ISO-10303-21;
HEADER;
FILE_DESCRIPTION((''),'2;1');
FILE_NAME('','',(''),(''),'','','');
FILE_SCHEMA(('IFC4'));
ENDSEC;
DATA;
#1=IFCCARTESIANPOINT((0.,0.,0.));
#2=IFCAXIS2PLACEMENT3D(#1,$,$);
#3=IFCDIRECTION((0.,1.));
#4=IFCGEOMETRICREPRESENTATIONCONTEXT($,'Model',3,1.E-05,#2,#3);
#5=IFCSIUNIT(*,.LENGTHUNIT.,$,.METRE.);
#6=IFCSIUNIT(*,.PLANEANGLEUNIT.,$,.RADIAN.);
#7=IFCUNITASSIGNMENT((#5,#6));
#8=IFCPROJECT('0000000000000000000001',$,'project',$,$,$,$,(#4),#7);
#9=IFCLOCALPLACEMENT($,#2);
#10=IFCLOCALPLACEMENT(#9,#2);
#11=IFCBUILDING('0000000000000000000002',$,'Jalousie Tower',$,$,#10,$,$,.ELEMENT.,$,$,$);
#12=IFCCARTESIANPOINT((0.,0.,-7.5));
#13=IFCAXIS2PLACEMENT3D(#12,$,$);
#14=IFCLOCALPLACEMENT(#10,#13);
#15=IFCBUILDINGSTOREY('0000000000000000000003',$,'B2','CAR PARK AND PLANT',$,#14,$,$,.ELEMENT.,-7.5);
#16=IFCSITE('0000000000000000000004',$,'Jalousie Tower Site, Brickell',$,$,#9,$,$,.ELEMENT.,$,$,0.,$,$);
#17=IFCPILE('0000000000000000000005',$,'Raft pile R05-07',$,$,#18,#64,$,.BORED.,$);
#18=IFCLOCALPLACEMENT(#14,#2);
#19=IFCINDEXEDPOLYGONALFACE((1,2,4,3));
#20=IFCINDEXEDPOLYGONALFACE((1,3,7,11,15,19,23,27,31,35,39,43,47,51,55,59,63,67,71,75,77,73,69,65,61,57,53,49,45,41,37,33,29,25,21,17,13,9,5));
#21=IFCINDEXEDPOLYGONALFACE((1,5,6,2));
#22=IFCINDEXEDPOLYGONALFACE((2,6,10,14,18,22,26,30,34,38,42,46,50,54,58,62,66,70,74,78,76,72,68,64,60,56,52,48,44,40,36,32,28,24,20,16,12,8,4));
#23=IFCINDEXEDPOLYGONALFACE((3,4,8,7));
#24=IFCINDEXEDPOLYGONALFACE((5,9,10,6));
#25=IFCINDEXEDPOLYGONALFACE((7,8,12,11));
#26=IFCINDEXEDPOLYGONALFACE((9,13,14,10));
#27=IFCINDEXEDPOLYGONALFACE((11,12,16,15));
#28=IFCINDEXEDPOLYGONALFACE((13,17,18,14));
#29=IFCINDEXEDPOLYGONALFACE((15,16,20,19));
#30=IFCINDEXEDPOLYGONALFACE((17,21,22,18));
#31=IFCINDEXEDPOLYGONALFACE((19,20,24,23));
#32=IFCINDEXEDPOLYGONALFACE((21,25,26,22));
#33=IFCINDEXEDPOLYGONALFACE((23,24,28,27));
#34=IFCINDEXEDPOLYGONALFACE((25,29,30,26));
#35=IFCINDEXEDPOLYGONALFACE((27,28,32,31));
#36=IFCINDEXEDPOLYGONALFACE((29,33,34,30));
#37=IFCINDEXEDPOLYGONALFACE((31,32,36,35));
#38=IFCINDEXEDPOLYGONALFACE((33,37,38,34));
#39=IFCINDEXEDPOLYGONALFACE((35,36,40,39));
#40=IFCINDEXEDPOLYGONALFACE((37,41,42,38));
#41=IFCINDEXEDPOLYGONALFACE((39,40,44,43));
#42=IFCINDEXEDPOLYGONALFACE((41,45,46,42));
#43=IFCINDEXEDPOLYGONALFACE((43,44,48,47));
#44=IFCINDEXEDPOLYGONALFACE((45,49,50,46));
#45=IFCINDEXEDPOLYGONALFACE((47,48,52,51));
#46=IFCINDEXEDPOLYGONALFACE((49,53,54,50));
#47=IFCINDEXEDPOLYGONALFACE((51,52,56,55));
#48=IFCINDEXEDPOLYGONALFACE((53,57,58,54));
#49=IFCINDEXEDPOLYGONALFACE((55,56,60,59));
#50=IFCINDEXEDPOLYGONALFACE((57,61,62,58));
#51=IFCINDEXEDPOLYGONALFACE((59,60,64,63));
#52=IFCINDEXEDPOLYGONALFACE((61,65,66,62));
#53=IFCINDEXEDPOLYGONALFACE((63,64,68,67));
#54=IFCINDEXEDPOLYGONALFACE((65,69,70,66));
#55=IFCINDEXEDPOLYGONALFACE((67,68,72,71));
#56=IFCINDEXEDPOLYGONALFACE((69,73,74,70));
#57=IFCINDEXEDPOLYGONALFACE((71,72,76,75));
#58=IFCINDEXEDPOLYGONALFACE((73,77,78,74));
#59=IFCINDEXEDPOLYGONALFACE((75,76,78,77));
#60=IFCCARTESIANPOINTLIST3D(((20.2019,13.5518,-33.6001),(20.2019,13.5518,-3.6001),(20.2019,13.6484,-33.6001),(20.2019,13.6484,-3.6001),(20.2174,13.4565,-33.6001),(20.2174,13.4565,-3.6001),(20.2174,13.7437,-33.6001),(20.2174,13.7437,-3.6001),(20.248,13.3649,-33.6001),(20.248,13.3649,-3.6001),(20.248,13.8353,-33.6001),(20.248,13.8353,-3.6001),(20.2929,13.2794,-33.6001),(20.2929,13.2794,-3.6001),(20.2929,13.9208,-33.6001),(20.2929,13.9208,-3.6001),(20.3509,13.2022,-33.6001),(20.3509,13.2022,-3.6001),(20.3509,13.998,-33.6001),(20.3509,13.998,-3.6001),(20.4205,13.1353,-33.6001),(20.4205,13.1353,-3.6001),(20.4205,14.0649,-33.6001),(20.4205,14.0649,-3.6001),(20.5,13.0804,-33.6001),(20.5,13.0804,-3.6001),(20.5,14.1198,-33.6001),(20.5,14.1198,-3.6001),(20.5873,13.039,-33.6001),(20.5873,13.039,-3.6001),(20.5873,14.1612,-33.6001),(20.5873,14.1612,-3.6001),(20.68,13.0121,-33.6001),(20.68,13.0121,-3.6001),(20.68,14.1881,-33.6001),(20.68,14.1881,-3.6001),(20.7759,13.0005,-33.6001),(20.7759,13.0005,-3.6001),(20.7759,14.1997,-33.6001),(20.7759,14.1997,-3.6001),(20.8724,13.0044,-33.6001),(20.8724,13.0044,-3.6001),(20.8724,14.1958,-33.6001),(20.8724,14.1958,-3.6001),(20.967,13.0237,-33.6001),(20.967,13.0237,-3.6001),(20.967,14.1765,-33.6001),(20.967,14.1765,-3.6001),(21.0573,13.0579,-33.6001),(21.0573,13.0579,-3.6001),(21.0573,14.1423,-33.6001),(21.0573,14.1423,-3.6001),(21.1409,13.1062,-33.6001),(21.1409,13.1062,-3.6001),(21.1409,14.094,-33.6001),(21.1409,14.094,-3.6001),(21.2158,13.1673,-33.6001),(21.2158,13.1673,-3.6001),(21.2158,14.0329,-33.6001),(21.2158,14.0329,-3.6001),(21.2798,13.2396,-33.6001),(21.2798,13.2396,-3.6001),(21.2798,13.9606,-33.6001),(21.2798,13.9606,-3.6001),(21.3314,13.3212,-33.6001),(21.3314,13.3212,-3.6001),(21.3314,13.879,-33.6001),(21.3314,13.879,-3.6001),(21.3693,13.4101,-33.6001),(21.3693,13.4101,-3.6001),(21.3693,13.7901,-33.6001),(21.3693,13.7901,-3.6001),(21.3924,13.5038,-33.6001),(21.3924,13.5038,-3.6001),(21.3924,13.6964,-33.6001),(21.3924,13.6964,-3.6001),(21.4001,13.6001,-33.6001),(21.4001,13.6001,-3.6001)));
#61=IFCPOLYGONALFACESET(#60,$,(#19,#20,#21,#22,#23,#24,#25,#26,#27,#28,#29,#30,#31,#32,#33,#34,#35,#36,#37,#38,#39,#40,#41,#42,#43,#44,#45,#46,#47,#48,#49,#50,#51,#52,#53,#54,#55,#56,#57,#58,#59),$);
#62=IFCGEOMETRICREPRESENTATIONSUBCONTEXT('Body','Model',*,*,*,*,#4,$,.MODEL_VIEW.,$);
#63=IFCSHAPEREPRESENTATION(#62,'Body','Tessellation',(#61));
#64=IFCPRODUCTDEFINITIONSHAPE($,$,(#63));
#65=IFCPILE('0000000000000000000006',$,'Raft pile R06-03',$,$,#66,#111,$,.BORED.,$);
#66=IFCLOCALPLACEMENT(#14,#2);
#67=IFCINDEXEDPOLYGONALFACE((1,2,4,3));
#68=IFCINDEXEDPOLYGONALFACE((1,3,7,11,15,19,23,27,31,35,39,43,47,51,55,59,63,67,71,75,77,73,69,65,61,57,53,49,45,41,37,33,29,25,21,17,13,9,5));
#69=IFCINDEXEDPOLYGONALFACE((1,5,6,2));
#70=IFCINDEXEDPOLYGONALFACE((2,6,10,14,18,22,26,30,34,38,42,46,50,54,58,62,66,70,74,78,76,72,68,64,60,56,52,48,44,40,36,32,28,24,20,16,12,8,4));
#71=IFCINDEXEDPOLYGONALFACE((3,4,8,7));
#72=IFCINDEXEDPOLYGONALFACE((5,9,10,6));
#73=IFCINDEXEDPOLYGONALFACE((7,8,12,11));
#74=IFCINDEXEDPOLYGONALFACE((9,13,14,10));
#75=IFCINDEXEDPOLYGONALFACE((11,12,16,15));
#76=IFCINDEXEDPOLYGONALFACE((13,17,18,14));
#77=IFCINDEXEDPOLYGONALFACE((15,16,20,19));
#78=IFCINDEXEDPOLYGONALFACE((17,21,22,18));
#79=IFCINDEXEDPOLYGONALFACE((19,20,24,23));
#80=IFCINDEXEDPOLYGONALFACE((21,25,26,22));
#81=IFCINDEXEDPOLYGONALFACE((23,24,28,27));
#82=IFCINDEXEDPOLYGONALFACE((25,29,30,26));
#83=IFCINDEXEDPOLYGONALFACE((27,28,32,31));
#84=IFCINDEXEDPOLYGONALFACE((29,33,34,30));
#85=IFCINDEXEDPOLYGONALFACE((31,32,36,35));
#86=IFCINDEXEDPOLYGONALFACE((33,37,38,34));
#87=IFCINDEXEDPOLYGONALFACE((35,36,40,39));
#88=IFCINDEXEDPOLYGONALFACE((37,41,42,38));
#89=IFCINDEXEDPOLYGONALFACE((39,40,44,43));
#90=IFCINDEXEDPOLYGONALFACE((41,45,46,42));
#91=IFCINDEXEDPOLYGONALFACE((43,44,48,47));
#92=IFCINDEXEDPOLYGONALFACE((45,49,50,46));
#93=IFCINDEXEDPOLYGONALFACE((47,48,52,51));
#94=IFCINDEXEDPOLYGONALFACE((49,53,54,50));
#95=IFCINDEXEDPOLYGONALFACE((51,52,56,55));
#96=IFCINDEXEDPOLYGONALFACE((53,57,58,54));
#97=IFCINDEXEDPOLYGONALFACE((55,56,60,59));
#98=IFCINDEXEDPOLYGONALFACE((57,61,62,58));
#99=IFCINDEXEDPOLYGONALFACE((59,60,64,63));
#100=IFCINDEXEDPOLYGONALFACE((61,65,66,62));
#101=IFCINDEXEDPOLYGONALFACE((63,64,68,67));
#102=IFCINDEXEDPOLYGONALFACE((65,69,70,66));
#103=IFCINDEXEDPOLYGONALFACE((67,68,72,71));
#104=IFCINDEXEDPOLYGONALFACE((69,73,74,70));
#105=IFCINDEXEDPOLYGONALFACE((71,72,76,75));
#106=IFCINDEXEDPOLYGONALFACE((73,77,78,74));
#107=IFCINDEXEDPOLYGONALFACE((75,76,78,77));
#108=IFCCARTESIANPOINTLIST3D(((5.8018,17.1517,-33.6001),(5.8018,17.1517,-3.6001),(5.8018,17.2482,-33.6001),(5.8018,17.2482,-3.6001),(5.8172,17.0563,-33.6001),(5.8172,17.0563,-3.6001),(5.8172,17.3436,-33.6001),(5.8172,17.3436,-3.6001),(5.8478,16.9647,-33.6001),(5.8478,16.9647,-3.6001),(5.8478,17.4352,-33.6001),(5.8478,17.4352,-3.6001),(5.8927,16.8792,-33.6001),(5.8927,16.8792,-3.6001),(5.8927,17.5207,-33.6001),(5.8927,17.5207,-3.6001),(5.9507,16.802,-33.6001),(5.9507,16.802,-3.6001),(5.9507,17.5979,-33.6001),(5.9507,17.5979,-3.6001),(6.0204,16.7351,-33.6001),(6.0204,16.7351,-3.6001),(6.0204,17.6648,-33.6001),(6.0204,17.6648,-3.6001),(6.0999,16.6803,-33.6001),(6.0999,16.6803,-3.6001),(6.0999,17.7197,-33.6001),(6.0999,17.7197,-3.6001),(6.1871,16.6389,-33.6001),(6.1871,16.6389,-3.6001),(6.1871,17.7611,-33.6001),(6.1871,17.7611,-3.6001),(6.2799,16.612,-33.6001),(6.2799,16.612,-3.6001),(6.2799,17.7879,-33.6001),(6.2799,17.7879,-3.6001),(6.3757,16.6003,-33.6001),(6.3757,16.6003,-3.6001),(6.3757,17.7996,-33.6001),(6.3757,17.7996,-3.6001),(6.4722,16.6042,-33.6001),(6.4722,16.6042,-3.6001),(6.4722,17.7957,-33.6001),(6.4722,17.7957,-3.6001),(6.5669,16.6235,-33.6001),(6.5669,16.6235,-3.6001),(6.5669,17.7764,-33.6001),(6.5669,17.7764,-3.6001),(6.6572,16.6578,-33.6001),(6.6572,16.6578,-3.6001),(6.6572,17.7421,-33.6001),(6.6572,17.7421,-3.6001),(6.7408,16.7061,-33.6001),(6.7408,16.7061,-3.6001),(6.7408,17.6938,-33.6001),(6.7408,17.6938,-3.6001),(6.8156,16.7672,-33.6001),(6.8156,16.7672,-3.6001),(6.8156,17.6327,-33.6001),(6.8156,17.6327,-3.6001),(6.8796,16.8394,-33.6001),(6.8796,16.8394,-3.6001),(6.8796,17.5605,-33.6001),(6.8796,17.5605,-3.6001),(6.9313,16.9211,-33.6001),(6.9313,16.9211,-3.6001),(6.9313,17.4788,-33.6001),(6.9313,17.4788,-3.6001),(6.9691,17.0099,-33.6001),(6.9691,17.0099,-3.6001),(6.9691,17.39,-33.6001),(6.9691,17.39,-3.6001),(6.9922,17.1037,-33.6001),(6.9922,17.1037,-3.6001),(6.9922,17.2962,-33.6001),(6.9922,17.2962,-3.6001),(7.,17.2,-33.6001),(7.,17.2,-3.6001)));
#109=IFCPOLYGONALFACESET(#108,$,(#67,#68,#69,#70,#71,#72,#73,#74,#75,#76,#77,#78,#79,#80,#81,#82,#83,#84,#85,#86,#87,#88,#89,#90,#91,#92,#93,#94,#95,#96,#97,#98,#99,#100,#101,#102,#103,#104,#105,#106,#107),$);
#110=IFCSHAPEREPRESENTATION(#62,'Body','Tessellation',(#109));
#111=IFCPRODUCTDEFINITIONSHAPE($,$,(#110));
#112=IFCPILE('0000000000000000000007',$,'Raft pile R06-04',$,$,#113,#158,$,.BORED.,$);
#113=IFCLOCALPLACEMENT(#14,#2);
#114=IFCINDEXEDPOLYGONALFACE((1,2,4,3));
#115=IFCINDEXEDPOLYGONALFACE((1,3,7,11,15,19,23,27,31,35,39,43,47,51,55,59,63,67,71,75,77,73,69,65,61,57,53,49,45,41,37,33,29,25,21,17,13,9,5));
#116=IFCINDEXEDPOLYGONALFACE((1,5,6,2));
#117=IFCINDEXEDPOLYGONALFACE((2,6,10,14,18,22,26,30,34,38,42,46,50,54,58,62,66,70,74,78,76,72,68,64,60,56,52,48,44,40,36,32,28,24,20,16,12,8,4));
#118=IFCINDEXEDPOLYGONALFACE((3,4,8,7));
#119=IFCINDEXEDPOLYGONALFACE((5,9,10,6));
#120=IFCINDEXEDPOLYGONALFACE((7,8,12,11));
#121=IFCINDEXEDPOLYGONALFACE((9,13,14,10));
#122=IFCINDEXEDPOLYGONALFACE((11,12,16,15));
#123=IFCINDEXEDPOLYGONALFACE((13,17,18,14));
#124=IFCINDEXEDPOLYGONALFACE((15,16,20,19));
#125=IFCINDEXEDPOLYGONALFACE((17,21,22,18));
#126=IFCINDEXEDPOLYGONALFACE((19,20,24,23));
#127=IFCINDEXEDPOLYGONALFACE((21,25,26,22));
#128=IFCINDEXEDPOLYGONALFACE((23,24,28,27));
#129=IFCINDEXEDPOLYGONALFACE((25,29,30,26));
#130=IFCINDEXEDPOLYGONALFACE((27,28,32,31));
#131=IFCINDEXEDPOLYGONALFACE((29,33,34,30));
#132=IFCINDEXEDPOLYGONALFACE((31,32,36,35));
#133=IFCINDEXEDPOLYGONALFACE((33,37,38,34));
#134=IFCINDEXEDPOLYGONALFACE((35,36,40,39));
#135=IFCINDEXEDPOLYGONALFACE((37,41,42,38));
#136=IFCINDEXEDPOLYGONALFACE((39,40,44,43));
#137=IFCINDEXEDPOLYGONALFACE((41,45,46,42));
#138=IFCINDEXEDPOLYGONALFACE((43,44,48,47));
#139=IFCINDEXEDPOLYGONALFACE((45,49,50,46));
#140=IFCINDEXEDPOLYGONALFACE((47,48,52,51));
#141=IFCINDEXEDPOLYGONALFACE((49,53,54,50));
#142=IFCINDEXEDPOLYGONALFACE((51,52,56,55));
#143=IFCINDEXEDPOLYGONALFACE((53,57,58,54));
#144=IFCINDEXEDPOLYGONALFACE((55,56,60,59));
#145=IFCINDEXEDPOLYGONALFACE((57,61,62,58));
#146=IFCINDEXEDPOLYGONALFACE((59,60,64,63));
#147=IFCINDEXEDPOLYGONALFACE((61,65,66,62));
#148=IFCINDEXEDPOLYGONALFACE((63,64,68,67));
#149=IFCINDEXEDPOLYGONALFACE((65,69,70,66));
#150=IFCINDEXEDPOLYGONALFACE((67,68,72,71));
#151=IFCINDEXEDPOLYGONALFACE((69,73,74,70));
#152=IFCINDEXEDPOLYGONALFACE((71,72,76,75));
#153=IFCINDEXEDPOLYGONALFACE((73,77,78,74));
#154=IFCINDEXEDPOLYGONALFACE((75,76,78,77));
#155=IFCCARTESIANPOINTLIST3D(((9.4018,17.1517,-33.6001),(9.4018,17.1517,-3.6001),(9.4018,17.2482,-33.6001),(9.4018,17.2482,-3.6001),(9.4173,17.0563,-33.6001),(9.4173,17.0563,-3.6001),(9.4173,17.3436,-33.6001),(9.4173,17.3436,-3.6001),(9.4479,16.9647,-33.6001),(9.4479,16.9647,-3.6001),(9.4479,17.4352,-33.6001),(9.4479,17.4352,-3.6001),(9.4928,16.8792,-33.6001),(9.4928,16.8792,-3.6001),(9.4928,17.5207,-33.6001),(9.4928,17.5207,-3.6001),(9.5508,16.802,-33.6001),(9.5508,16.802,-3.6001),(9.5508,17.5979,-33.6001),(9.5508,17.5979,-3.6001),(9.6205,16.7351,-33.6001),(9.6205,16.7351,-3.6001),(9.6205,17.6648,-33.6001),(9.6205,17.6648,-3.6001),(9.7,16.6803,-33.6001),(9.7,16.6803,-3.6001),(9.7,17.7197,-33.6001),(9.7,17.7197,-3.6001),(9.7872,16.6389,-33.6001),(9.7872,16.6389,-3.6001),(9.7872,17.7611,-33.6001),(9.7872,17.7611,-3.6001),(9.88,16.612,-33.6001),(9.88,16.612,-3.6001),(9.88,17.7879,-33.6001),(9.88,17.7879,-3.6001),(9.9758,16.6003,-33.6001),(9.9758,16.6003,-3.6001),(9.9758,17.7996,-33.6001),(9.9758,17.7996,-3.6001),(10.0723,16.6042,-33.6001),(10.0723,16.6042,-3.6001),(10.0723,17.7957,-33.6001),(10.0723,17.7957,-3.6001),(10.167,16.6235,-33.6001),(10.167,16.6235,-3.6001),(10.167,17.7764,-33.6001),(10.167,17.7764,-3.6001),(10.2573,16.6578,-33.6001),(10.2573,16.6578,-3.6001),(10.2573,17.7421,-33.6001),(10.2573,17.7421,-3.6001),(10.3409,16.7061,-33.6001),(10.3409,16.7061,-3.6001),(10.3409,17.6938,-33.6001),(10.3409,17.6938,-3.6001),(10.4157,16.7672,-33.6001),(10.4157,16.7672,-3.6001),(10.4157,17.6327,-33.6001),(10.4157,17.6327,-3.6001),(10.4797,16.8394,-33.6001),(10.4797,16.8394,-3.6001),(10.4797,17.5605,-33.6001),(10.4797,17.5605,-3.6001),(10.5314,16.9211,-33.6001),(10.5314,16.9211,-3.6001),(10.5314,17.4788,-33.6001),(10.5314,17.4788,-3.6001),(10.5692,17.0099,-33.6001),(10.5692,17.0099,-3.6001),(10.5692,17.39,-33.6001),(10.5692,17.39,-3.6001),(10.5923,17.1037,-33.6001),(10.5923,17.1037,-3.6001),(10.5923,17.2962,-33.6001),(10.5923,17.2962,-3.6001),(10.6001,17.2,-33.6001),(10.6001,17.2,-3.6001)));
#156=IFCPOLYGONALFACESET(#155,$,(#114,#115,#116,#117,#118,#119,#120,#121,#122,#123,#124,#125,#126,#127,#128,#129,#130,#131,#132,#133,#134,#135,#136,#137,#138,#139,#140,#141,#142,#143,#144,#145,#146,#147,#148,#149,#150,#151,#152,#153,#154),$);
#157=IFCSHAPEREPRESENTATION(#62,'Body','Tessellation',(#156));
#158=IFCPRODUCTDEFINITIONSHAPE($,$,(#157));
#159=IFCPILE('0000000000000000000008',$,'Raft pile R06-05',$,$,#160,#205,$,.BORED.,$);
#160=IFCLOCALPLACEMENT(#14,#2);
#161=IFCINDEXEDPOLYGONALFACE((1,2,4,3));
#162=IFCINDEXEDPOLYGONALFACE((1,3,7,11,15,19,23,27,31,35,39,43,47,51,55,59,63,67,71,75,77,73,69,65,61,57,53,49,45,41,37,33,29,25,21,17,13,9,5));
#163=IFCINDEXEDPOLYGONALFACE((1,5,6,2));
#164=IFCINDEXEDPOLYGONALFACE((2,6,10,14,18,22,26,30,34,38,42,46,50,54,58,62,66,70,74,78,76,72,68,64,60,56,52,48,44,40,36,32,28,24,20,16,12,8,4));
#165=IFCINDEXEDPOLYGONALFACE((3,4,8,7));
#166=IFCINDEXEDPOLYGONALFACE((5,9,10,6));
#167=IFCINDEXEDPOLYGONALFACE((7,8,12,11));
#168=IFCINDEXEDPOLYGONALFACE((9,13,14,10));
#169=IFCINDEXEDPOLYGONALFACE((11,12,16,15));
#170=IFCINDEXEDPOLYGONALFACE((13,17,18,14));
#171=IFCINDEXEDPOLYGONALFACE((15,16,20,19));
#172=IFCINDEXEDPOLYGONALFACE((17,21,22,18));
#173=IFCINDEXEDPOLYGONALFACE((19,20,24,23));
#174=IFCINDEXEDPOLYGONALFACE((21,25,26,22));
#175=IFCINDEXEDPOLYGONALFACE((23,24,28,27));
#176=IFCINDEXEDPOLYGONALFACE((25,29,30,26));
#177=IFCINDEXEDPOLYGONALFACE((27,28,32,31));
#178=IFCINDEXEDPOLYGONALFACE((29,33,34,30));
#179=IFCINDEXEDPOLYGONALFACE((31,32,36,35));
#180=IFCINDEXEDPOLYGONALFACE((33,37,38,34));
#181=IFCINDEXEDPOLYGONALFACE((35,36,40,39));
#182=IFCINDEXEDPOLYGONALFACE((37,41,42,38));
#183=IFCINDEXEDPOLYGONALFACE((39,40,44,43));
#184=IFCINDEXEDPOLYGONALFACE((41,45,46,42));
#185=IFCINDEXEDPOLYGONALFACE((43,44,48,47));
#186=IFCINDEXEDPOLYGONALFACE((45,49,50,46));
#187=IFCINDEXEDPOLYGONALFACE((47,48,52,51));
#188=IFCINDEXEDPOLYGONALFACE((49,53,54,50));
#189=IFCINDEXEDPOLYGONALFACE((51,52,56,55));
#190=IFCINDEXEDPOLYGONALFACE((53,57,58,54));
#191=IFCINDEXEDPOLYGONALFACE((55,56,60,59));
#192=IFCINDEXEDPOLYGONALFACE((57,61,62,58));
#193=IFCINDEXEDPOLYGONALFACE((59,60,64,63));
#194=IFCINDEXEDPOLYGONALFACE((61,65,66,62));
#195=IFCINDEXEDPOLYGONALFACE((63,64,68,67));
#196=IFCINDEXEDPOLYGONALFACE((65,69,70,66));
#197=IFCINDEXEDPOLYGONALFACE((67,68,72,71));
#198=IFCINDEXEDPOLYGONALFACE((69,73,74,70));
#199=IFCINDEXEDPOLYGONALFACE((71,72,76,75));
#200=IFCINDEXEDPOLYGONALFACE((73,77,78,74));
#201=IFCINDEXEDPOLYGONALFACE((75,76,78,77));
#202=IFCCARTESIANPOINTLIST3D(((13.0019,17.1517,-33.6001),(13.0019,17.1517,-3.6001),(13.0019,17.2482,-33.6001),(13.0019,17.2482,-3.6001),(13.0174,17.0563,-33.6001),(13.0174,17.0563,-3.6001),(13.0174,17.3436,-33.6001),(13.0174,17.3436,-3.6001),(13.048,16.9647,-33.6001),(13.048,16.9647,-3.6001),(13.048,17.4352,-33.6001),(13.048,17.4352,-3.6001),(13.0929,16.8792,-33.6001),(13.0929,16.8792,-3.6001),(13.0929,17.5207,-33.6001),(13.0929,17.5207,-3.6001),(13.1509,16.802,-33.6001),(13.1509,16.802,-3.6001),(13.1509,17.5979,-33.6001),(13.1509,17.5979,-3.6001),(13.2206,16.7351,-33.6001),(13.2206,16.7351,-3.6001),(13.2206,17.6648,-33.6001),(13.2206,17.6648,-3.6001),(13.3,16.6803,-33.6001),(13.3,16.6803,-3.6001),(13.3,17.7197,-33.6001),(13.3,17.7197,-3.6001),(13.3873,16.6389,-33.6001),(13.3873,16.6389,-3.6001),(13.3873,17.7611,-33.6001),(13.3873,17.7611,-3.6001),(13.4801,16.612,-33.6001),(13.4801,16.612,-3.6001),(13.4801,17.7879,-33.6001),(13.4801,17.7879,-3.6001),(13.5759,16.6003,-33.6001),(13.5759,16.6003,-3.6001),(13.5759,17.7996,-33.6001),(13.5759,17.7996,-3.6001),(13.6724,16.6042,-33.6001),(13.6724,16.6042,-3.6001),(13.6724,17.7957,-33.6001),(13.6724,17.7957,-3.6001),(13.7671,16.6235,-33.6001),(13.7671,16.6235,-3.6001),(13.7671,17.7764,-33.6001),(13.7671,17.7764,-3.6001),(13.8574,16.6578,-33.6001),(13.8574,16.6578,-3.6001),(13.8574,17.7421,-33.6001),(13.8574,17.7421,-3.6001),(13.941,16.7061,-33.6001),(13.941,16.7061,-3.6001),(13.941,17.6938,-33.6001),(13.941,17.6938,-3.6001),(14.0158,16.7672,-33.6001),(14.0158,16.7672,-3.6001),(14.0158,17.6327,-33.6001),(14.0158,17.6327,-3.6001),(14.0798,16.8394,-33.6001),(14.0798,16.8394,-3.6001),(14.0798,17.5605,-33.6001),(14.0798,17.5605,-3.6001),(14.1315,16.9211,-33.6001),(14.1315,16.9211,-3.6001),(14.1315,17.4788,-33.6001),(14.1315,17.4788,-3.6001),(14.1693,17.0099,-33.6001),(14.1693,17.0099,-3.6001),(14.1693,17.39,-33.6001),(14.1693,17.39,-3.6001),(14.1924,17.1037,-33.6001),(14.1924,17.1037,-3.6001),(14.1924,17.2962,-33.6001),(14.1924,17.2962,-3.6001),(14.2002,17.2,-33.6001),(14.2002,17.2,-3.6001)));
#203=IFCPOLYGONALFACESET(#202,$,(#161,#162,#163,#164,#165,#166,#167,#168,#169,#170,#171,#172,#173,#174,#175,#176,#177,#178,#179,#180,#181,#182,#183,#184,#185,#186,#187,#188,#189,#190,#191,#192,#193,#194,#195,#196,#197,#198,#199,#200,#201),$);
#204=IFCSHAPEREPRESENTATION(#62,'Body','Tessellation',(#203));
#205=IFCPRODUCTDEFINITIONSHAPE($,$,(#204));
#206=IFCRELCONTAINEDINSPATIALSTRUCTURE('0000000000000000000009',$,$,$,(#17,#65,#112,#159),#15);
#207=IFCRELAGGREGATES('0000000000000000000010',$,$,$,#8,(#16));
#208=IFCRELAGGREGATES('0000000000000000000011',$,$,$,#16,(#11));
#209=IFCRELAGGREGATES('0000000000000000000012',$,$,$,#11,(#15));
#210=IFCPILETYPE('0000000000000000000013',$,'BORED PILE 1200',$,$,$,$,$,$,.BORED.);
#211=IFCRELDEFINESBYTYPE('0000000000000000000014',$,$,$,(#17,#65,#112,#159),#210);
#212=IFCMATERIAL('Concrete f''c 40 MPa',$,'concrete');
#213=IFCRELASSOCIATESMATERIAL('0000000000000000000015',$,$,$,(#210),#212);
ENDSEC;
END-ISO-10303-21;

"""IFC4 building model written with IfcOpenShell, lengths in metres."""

from ifc_helpers import new_model, si_unit, direction, frame, origin, origin_2d, place, context, subcontext, project, spatial, circle, extrude, material, material_profile, profile_set, type_object, element, save


model = new_model("IFC4")

# Units and contexts
model_context = context("Model", 3, precision=1e-05, world=origin(), true_north=direction((0.0, 1.0)))
body_context = subcontext(model_context, "Body", "Model", "MODEL_VIEW")
ifc_project = project(units=[si_unit("LENGTHUNIT", "METRE"), si_unit("PLANEANGLEUNIT", "RADIAN")], contexts=[model_context])

# Site, building, storey
site_placement = place(None, origin())
site = spatial("IfcSite", under=ifc_project, at=site_placement, Name="Jalousie Tower Site, Brickell", CompositionType="ELEMENT", RefElevation=0.0)
building_placement = place(site_placement, origin())
building = spatial("IfcBuilding", under=site, at=building_placement, Name="Jalousie Tower", CompositionType="ELEMENT")
storey_placement = place(building_placement, frame((0.0, 0.0, -7.5)))
storey = spatial("IfcBuildingStorey", under=building, at=storey_placement, Name="B2", Description="CAR PARK AND PLANT", CompositionType="ELEMENT", Elevation=-7.5)

# Piles
ifc_material_1 = material(Name="Concrete f'c 40 MPa", Category="concrete")
ifc_material_profile_1 = material_profile(ifc_material_1, circle(Radius=0.6001, at=origin_2d()), Name="BORED PILE D1200")
ifc_profile_set_1 = profile_set([ifc_material_profile_1], Name="Concrete f'c 40 MPa")
pile_type = type_object("IfcPileType", Name="BORED PILE 1200", PredefinedType="BORED", material=ifc_profile_set_1)
for number, where, z_axis, x_axis, name in (
    (1, (20.8, 13.6001, -3.6001), (0.0, 0.0, -1.0), (1.0, 0.0, 0.0), "Raft pile R05-07"),
    (2, (6.3999, 17.2, -3.6001), (0.0, 0.0, -1.0), (1.0, 0.0, 0.0), "Raft pile R06-03"),
    (3, (10.0, 17.2, -3.6001), (0.0, 0.0, -1.0), (1.0, 0.0, 0.0), "Raft pile R06-04"),
    (4, (13.6001, 17.2, -3.6001), (0.0, 0.0, -1.0), (1.0, 0.0, 0.0), "Raft pile R06-05"),
):
    element("IfcPile", number, at=place(storey_placement, frame(where, z_axis=z_axis, x_axis=x_axis)), inside=storey, type_object=pile_type, Name=name, PredefinedType="BORED", context=body_context, shape_type="SweptSolid", body=[
        extrude(circle(Radius=0.6001, at=origin_2d()), origin(), (0.0, 0.0, 1.0), 30.0),
    ])

save(model, "model.ifc")
